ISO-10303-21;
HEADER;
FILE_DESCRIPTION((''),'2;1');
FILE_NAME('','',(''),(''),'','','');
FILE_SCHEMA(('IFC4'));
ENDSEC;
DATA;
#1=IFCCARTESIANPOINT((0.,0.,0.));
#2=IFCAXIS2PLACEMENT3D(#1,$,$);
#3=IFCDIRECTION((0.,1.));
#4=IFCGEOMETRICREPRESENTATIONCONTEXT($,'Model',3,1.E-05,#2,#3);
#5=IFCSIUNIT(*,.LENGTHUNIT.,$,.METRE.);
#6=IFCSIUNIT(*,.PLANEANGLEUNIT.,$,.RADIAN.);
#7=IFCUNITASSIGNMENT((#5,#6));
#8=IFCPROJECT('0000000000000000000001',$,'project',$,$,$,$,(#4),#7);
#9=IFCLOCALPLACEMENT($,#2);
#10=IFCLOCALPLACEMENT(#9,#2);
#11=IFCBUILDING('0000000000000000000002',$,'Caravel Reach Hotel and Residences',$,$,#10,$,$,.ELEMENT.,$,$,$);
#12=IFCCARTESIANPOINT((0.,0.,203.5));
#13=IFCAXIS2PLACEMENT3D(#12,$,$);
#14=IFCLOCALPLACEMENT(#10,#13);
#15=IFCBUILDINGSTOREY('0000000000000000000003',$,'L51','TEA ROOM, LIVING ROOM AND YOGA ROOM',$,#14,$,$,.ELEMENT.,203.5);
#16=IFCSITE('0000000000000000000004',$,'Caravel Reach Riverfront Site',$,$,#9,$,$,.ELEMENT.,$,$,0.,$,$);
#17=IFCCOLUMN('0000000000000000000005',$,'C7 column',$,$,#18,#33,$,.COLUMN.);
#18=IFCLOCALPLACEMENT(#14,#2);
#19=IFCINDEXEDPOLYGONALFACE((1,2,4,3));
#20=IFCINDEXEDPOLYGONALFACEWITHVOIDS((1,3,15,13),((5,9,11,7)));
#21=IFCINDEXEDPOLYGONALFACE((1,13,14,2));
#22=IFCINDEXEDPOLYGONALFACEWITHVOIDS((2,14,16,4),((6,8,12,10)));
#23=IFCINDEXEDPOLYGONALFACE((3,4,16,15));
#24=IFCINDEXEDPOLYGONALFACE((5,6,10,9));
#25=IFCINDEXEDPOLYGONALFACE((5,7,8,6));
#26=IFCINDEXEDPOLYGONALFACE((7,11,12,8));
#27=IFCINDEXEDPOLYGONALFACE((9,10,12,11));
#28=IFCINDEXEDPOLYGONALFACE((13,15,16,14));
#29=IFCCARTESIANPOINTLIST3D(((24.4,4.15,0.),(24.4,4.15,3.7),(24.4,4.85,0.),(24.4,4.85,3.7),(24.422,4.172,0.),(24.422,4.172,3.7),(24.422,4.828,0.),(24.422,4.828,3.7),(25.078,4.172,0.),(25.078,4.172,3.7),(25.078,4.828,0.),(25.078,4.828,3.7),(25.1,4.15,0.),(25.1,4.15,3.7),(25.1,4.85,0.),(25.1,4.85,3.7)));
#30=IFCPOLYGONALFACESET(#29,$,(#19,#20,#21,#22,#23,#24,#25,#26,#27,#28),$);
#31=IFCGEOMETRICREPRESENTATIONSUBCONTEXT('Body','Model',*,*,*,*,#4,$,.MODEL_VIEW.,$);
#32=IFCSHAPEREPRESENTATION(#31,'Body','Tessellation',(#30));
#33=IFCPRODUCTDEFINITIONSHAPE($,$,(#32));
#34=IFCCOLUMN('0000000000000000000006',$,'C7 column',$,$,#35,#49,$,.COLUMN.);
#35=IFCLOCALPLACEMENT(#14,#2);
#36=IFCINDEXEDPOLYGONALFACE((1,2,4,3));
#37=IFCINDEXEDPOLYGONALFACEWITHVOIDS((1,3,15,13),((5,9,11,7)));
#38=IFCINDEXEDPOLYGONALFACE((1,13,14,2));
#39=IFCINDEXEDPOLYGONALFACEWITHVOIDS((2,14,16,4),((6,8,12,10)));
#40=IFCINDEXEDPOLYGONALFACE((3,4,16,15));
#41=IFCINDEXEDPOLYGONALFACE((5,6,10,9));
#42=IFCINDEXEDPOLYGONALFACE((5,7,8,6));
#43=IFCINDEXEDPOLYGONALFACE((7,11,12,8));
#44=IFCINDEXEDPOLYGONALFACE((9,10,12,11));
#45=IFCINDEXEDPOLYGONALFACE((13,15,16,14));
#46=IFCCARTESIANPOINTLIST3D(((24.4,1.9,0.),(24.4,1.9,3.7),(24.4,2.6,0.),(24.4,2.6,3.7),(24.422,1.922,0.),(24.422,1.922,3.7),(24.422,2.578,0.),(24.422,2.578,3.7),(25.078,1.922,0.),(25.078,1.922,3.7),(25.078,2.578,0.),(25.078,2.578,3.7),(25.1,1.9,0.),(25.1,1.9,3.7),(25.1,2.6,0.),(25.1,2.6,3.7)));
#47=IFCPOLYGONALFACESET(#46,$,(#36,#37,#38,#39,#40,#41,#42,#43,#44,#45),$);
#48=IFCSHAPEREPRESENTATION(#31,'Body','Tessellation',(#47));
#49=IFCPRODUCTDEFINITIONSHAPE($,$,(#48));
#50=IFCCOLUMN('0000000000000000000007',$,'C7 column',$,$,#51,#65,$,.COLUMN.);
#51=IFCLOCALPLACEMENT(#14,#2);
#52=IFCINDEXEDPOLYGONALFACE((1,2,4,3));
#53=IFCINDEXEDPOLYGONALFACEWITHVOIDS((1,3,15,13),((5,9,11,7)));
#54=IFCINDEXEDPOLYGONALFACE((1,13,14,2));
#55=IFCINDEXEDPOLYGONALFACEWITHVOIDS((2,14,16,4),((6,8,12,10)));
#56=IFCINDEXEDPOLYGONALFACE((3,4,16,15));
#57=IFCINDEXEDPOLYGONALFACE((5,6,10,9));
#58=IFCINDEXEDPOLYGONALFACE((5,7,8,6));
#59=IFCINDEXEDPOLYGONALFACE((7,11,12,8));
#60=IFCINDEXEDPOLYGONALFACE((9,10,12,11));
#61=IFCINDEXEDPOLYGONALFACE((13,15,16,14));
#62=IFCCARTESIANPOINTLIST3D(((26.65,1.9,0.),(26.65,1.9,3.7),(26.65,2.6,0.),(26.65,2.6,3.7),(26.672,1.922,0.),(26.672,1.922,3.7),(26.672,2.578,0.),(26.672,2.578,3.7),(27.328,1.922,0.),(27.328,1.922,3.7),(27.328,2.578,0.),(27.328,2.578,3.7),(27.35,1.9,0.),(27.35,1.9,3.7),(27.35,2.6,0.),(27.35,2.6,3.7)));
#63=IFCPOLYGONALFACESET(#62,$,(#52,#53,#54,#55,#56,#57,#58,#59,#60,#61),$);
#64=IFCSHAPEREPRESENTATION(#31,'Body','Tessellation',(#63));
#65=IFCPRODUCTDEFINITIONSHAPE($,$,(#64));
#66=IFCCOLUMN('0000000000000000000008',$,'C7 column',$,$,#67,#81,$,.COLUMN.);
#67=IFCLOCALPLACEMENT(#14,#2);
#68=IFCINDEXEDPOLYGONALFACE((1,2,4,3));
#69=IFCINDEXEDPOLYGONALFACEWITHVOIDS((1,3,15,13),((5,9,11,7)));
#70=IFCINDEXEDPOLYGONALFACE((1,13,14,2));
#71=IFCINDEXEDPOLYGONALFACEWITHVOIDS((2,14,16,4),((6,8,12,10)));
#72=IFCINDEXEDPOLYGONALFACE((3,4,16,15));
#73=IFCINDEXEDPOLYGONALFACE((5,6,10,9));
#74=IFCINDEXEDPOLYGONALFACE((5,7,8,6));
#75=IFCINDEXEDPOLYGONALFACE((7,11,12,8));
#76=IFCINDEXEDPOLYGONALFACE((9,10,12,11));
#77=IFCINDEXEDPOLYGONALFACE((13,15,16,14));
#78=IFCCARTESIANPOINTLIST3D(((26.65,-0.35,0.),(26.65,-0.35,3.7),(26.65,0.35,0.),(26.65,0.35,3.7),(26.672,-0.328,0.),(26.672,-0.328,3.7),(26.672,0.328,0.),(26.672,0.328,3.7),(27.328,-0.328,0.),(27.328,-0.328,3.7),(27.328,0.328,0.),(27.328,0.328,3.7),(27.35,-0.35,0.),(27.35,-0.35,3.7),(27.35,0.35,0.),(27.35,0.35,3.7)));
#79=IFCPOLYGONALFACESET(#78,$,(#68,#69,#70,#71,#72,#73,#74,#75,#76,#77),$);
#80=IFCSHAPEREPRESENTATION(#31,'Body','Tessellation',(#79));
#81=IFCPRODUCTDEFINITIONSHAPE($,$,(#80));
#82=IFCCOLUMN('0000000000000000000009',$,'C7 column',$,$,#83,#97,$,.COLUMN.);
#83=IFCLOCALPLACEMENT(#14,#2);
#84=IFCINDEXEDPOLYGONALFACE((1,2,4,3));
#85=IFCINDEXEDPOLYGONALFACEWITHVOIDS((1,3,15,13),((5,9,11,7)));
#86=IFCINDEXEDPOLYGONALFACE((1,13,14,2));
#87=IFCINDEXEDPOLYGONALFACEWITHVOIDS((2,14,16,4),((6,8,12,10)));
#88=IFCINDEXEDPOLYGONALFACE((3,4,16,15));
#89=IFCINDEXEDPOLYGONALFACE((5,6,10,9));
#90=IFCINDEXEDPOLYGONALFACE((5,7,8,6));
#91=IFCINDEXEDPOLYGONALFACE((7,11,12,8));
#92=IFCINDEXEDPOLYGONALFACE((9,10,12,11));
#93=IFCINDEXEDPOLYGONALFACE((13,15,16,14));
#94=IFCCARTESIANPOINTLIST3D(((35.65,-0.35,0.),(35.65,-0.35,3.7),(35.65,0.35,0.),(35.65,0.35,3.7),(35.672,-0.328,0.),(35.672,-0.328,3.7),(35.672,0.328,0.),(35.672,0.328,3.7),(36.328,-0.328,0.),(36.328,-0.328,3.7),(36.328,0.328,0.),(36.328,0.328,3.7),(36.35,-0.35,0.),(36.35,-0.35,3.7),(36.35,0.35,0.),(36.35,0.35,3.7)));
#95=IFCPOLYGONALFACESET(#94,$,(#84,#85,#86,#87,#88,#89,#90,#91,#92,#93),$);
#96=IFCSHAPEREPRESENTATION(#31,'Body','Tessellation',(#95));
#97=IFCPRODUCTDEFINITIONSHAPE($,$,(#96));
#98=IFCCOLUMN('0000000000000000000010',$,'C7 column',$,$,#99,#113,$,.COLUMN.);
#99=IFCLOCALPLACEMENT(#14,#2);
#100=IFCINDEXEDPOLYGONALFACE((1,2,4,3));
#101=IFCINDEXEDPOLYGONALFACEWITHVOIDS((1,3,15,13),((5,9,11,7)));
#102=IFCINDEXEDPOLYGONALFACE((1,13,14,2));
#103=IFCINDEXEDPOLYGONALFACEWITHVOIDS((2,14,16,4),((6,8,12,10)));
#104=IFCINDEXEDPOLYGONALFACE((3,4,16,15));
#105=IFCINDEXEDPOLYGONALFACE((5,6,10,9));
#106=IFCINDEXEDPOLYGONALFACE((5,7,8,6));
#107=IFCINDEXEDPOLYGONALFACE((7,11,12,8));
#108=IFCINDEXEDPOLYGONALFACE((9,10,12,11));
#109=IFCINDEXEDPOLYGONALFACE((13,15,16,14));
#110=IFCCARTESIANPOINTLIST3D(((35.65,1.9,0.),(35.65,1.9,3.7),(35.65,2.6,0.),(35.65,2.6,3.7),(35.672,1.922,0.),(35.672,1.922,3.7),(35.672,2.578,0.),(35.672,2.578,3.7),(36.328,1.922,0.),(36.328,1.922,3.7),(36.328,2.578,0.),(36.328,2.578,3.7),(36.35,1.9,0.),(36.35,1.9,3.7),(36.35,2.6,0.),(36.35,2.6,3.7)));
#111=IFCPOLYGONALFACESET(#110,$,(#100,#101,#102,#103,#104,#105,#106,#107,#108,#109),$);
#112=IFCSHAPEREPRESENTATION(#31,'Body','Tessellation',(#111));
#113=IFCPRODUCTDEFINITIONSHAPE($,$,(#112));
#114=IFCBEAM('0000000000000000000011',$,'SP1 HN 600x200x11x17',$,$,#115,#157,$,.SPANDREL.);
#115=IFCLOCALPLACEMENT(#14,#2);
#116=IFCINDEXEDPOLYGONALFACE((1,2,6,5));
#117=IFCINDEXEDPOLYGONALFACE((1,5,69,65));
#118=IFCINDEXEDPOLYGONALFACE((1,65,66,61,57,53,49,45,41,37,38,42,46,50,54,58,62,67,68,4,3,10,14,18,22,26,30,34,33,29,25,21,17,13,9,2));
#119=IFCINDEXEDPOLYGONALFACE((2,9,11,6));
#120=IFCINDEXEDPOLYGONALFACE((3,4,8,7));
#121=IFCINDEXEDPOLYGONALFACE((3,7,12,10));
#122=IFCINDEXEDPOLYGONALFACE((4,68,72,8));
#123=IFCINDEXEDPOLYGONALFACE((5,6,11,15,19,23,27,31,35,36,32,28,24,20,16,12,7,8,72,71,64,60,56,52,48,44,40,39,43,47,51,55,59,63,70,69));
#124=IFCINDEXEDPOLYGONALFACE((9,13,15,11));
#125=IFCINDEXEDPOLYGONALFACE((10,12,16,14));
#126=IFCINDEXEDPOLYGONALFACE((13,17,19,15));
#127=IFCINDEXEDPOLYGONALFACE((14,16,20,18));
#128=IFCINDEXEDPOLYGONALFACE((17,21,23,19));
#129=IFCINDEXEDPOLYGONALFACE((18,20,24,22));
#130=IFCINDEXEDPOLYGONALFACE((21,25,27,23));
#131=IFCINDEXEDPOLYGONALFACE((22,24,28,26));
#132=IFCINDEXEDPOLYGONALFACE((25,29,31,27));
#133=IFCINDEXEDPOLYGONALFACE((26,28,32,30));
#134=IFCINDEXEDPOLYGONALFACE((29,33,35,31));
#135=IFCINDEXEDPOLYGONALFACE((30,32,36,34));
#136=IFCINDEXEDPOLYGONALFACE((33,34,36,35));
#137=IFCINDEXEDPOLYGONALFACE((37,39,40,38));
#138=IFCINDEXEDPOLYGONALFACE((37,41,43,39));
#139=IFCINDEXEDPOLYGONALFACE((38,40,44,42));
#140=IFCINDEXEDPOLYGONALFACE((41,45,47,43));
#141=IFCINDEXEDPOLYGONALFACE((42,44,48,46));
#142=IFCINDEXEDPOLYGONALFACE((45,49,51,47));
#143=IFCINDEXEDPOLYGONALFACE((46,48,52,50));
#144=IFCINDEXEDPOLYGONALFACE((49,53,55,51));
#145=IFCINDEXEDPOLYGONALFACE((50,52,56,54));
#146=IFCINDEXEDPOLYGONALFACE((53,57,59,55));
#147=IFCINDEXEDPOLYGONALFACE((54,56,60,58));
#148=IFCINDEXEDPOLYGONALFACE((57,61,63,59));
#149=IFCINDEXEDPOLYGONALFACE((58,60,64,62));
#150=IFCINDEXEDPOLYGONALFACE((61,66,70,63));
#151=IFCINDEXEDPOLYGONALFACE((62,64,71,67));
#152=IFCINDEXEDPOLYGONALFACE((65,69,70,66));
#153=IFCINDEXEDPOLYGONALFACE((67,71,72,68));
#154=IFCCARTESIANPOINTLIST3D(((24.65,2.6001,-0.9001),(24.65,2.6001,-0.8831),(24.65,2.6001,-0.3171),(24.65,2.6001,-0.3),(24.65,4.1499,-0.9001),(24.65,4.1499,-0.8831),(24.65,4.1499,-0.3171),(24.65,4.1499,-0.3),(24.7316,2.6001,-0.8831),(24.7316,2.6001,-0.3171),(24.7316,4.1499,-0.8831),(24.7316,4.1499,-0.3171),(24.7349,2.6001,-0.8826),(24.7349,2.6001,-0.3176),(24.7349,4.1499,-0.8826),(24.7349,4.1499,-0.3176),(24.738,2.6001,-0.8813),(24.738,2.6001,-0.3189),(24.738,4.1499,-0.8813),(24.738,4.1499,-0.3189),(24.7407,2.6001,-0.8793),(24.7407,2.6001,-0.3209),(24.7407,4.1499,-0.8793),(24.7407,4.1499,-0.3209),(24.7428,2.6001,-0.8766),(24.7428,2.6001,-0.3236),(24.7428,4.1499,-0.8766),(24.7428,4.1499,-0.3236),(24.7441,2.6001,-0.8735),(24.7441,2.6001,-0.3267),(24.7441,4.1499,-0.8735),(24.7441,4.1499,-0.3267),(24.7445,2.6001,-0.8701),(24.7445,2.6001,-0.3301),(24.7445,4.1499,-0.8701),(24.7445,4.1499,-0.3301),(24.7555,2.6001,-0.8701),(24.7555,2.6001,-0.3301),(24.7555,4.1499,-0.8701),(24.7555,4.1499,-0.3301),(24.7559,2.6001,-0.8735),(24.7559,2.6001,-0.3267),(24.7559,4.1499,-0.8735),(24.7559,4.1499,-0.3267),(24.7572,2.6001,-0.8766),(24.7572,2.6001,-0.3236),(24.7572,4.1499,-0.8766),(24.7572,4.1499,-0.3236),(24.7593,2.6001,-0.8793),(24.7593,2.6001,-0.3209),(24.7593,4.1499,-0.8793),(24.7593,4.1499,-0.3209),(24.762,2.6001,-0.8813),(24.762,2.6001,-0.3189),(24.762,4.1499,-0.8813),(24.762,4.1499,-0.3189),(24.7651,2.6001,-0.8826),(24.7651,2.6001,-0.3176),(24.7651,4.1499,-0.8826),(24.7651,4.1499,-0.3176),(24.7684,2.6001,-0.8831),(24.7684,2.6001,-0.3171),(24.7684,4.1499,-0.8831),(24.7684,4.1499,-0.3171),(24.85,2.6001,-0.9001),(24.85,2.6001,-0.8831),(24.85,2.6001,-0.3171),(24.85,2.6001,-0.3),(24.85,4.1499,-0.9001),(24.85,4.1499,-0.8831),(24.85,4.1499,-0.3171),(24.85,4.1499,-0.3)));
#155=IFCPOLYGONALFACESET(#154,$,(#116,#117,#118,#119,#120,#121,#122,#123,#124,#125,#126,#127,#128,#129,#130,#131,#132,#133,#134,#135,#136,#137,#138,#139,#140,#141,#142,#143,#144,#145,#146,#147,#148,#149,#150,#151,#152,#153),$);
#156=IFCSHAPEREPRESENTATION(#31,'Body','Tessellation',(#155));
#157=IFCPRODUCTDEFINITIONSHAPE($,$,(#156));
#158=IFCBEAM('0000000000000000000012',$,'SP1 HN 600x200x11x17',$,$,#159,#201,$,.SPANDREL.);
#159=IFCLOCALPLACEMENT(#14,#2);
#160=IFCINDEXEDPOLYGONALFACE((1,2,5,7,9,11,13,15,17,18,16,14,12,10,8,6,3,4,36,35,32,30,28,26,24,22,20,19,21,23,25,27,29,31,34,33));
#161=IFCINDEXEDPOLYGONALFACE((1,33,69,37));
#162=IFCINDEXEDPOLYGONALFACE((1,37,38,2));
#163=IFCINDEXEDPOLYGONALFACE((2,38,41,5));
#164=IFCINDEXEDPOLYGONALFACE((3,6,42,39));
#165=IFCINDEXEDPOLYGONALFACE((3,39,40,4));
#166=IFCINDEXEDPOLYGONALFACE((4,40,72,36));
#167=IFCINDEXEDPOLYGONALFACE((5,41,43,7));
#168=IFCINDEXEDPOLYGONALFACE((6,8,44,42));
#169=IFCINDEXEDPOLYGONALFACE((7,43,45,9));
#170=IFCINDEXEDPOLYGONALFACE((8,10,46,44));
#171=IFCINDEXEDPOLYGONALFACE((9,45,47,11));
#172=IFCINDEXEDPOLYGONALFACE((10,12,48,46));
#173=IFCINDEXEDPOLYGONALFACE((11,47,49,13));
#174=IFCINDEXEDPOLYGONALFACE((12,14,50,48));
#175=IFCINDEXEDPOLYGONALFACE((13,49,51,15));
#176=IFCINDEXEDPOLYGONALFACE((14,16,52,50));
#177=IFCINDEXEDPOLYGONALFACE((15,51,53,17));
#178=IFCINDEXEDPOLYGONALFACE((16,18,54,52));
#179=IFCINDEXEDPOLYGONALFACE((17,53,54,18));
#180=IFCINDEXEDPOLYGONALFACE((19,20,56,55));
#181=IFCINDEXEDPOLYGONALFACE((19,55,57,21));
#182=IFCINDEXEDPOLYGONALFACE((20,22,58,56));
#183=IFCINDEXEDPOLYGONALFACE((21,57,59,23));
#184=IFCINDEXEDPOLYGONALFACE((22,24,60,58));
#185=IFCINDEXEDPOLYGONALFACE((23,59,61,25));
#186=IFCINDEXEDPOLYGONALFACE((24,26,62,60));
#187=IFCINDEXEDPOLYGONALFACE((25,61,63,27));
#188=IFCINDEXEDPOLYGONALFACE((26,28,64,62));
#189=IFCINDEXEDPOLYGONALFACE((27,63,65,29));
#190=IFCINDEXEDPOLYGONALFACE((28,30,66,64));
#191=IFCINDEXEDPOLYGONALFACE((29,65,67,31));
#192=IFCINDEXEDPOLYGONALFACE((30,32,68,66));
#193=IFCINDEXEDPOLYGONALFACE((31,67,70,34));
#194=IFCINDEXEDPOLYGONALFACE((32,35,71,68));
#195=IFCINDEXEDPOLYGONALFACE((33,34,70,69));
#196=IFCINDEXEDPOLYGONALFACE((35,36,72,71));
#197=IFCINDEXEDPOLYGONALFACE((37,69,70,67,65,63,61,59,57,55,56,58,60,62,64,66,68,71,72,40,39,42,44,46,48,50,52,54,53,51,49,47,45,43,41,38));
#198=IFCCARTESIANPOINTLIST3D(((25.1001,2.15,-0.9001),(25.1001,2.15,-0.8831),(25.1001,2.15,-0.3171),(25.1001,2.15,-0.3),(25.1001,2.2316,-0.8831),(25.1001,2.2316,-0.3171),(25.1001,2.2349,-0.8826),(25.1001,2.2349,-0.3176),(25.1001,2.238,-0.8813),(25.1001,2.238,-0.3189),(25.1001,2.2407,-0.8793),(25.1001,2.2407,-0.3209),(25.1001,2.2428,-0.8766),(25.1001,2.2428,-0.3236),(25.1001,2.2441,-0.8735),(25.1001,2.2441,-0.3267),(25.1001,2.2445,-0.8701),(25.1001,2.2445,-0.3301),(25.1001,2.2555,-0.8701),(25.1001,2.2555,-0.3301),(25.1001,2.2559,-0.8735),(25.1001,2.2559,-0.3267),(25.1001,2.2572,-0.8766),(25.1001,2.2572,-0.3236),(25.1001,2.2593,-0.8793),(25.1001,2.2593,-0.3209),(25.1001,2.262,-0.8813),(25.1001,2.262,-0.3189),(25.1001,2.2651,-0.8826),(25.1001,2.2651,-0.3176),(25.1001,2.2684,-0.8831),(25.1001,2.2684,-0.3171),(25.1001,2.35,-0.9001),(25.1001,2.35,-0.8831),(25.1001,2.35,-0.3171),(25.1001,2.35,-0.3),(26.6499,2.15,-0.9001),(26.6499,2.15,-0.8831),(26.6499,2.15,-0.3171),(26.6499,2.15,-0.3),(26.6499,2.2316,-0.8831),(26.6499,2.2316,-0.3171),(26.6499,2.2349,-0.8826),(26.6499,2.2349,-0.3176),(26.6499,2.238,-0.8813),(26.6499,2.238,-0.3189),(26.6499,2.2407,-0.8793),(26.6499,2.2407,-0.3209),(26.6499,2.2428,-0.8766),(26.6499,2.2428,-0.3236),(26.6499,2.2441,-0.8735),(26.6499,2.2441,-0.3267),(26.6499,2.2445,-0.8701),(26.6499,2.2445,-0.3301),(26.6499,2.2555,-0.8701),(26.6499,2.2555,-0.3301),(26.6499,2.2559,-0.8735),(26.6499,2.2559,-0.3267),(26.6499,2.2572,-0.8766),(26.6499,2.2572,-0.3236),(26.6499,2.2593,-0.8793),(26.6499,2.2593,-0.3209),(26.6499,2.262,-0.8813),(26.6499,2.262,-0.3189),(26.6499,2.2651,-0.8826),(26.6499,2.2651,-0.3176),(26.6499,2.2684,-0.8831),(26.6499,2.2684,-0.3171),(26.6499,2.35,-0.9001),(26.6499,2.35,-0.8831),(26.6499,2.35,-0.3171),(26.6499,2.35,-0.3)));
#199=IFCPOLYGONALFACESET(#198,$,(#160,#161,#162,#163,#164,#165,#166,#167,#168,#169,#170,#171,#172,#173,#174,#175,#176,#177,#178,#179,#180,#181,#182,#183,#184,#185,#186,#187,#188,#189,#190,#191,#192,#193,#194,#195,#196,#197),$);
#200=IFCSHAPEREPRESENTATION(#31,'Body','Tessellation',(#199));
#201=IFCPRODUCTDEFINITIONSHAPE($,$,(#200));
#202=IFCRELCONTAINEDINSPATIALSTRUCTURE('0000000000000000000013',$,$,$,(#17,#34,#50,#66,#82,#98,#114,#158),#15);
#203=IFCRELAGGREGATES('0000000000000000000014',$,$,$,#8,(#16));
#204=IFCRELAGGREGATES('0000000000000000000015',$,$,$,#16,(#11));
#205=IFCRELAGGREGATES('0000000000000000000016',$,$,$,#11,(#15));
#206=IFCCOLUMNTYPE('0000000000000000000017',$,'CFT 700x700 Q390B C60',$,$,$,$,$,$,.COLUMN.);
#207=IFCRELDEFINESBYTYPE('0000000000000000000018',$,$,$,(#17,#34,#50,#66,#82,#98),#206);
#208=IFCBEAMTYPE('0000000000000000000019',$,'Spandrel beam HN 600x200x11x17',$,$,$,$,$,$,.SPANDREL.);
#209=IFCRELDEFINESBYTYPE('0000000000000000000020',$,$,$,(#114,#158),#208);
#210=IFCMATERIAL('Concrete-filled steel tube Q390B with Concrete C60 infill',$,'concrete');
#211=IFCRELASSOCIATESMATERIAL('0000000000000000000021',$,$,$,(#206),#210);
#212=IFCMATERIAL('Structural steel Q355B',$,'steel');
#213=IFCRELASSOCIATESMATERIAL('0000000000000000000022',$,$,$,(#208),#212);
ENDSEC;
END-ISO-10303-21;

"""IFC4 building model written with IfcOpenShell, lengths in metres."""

from ifc_helpers import new_model, si_unit, direction, frame, origin, origin_2d, place, context, subcontext, project, spatial, hollow_rectangle, i_section, extrude, material, material_profile, profile_set, type_object, element, save


model = new_model("IFC4")

# Units and contexts
model_context = context("Model", 3, precision=1e-05, world=origin(), true_north=direction((0.0, 1.0)))
body_context = subcontext(model_context, "Body", "Model", "MODEL_VIEW")
ifc_project = project(units=[si_unit("LENGTHUNIT", "METRE"), si_unit("PLANEANGLEUNIT", "RADIAN")], contexts=[model_context])

# Site, building, storey
site_placement = place(None, origin())
site = spatial("IfcSite", under=ifc_project, at=site_placement, Name="Caravel Reach Riverfront Site", CompositionType="ELEMENT", RefElevation=0.0)
building_placement = place(site_placement, origin())
building = spatial("IfcBuilding", under=site, at=building_placement, Name="Caravel Reach Hotel and Residences", CompositionType="ELEMENT")
storey_placement = place(building_placement, frame((0.0, 0.0, 203.5)))
storey = spatial("IfcBuildingStorey", under=building, at=storey_placement, Name="L51", Description="TEA ROOM, LIVING ROOM AND YOGA ROOM", CompositionType="ELEMENT", Elevation=203.5)

# Columns
ifc_material_1 = material(Name="Concrete-filled steel tube Q390B with Concrete C60 infill", Category="concrete")
ifc_material_profile_1 = material_profile(ifc_material_1, hollow_rectangle(XDim=0.7, YDim=0.7, WallThickness=0.022, at=origin_2d()), Name="RHS 700x700x22")
ifc_profile_set_1 = profile_set([ifc_material_profile_1], Name="Concrete-filled steel tube Q390B with Concrete C60 infill")
column_type = type_object("IfcColumnType", Name="CFT 700x700 Q390B C60", PredefinedType="COLUMN", material=ifc_profile_set_1)
for number, where, z_axis, x_axis, name in (
    (1, (24.75, 4.5, 0.0), (0.0, 0.0, 1.0), (1.0, 0.0, 0.0), "C7 column"),
    (2, (24.75, 2.25, 0.0), (0.0, 0.0, 1.0), (1.0, 0.0, 0.0), "C7 column"),
    (3, (27.0, 2.25, 0.0), (0.0, 0.0, 1.0), (1.0, 0.0, 0.0), "C7 column"),
    (4, (27.0, 0.0, 0.0), (0.0, 0.0, 1.0), (1.0, 0.0, 0.0), "C7 column"),
    (5, (36.0, 0.0, 0.0), (0.0, 0.0, 1.0), (1.0, 0.0, 0.0), "C7 column"),
    (6, (36.0, 2.25, 0.0), (0.0, 0.0, 1.0), (1.0, 0.0, 0.0), "C7 column"),
):
    element("IfcColumn", number, at=place(storey_placement, frame(where, z_axis=z_axis, x_axis=x_axis)), inside=storey, type_object=column_type, Name=name, PredefinedType="COLUMN", context=body_context, shape_type="SweptSolid", body=[
        extrude(hollow_rectangle(XDim=0.7, YDim=0.7, WallThickness=0.022, at=origin_2d()), origin(), (0.0, 0.0, 1.0), 3.7),
    ])

# Beams
ifc_material_2 = material(Name="Structural steel Q355B", Category="steel")
ifc_material_profile_2 = material_profile(ifc_material_2, i_section(OverallWidth=0.2, OverallDepth=0.6001, WebThickness=0.011, FlangeThickness=0.0171, FilletRadius=0.0129, at=origin_2d()), Name="HN 600x200x11x17")
ifc_profile_set_2 = profile_set([ifc_material_profile_2], Name="Structural steel Q355B")
beam_type = type_object("IfcBeamType", Name="Spandrel beam HN 600x200x11x17", PredefinedType="SPANDREL", material=ifc_profile_set_2)
for number, where, z_axis, x_axis, name in (
    (7, (24.75, 4.1499, -0.6001), (0.0, -1.0, 0.0), (1.0, 0.0, 0.0), "SP1 HN 600x200x11x17"),
    (8, (25.1001, 2.25, -0.6001), (1.0, 0.0, 0.0), (0.0, 1.0, 0.0), "SP1 HN 600x200x11x17"),
):
    element("IfcBeam", number, at=place(storey_placement, frame(where, z_axis=z_axis, x_axis=x_axis)), inside=storey, type_object=beam_type, Name=name, PredefinedType="SPANDREL", context=body_context, shape_type="SweptSolid", body=[
        extrude(i_section(OverallWidth=0.2, OverallDepth=0.6001, WebThickness=0.011, FlangeThickness=0.0171, FilletRadius=0.0129, at=origin_2d()), origin(), (0.0, 0.0, 1.0), 1.5498),
    ])

save(model, "model.ifc")
